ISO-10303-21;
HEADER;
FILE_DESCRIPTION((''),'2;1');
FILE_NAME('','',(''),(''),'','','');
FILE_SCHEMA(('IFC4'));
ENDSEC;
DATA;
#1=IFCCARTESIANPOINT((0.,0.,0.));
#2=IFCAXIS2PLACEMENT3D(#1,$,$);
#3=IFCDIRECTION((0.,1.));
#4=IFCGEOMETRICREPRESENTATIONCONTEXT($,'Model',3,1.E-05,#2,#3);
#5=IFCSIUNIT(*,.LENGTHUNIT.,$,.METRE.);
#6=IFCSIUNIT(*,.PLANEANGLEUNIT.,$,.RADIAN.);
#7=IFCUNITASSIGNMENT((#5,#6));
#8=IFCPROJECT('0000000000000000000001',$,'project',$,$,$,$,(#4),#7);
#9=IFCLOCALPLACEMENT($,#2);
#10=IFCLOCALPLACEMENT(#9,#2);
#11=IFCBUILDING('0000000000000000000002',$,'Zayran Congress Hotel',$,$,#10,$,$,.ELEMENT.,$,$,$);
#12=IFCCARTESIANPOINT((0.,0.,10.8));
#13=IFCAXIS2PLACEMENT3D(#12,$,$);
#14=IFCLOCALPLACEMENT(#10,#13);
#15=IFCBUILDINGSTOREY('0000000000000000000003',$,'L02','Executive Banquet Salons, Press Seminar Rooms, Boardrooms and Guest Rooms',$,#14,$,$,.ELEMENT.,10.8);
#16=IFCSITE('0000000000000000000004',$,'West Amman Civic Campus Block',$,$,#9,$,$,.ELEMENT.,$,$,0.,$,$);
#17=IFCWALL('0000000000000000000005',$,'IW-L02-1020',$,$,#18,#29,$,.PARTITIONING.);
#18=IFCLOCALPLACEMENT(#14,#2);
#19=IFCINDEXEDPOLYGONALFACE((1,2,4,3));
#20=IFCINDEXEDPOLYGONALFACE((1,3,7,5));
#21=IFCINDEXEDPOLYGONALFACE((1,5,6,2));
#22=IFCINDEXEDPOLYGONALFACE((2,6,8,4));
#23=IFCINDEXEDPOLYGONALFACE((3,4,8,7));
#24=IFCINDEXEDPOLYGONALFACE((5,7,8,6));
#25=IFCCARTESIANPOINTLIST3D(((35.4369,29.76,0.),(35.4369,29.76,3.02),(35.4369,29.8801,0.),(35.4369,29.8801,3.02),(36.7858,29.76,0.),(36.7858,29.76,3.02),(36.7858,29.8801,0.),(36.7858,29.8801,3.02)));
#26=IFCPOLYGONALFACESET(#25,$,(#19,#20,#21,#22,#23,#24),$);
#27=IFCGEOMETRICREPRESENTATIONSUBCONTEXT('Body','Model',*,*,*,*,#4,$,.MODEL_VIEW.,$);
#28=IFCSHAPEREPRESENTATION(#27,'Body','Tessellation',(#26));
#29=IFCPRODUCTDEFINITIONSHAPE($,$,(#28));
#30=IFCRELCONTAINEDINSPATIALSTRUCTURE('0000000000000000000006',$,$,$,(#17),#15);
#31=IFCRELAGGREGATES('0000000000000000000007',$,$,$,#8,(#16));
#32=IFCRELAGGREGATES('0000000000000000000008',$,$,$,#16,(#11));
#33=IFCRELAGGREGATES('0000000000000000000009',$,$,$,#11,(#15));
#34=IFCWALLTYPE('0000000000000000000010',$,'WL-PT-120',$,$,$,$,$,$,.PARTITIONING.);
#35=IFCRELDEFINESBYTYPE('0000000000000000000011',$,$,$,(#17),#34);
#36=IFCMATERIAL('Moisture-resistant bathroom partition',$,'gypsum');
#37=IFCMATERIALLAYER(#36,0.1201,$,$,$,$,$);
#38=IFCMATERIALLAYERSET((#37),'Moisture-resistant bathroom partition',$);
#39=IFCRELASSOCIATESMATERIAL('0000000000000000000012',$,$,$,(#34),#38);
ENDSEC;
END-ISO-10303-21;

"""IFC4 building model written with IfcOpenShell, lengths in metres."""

from ifc_helpers import new_model, si_unit, direction, frame, frame_2d, origin, place, context, subcontext, project, spatial, rectangle, extrude, material, layer, layer_set, type_object, element, save


model = new_model("IFC4")

# Units and contexts
model_context = context("Model", 3, precision=1e-05, world=origin(), true_north=direction((0.0, 1.0)))
body_context = subcontext(model_context, "Body", "Model", "MODEL_VIEW")
ifc_project = project(units=[si_unit("LENGTHUNIT", "METRE"), si_unit("PLANEANGLEUNIT", "RADIAN")], contexts=[model_context])

# Site, building, storey
site_placement = place(None, origin())
site = spatial("IfcSite", under=ifc_project, at=site_placement, Name="West Amman Civic Campus Block", CompositionType="ELEMENT", RefElevation=0.0)
building_placement = place(site_placement, origin())
building = spatial("IfcBuilding", under=site, at=building_placement, Name="Zayran Congress Hotel", CompositionType="ELEMENT")
storey_placement = place(building_placement, frame((0.0, 0.0, 10.8)))
storey = spatial("IfcBuildingStorey", under=building, at=storey_placement, Name="L02", Description="Executive Banquet Salons, Press Seminar Rooms, Boardrooms and Guest Rooms", CompositionType="ELEMENT", Elevation=10.8)

# Shared definitions
ifc_material_1 = material(Name="Moisture-resistant bathroom partition", Category="gypsum")
ifc_layer_1 = layer(ifc_material_1, 0.1201)
ifc_layer_set_1 = layer_set([ifc_layer_1], Name="Moisture-resistant bathroom partition")
wall_type_1 = type_object("IfcWallType", Name="WL-PT-120", PredefinedType="PARTITIONING", material=ifc_layer_set_1)

# Wall
for number, where, z_axis, x_axis, name in (
    (1, (35.437, 29.8201, 0.0), (0.0, 0.0, 1.0), (1.0, 0.0, 0.0), "IW-L02-1020"),
):
    element("IfcWall", number, at=place(storey_placement, frame(where, z_axis=z_axis, x_axis=x_axis)), inside=storey, type_object=wall_type_1, Name=name, PredefinedType="PARTITIONING", context=body_context, shape_type="SweptSolid", body=[
        extrude(rectangle(XDim=1.3489, YDim=0.1201, at=frame_2d((0.6743, 0.0))), origin(), (0.0, 0.0, 1.0), 3.02),
    ])

save(model, "model.ifc")
